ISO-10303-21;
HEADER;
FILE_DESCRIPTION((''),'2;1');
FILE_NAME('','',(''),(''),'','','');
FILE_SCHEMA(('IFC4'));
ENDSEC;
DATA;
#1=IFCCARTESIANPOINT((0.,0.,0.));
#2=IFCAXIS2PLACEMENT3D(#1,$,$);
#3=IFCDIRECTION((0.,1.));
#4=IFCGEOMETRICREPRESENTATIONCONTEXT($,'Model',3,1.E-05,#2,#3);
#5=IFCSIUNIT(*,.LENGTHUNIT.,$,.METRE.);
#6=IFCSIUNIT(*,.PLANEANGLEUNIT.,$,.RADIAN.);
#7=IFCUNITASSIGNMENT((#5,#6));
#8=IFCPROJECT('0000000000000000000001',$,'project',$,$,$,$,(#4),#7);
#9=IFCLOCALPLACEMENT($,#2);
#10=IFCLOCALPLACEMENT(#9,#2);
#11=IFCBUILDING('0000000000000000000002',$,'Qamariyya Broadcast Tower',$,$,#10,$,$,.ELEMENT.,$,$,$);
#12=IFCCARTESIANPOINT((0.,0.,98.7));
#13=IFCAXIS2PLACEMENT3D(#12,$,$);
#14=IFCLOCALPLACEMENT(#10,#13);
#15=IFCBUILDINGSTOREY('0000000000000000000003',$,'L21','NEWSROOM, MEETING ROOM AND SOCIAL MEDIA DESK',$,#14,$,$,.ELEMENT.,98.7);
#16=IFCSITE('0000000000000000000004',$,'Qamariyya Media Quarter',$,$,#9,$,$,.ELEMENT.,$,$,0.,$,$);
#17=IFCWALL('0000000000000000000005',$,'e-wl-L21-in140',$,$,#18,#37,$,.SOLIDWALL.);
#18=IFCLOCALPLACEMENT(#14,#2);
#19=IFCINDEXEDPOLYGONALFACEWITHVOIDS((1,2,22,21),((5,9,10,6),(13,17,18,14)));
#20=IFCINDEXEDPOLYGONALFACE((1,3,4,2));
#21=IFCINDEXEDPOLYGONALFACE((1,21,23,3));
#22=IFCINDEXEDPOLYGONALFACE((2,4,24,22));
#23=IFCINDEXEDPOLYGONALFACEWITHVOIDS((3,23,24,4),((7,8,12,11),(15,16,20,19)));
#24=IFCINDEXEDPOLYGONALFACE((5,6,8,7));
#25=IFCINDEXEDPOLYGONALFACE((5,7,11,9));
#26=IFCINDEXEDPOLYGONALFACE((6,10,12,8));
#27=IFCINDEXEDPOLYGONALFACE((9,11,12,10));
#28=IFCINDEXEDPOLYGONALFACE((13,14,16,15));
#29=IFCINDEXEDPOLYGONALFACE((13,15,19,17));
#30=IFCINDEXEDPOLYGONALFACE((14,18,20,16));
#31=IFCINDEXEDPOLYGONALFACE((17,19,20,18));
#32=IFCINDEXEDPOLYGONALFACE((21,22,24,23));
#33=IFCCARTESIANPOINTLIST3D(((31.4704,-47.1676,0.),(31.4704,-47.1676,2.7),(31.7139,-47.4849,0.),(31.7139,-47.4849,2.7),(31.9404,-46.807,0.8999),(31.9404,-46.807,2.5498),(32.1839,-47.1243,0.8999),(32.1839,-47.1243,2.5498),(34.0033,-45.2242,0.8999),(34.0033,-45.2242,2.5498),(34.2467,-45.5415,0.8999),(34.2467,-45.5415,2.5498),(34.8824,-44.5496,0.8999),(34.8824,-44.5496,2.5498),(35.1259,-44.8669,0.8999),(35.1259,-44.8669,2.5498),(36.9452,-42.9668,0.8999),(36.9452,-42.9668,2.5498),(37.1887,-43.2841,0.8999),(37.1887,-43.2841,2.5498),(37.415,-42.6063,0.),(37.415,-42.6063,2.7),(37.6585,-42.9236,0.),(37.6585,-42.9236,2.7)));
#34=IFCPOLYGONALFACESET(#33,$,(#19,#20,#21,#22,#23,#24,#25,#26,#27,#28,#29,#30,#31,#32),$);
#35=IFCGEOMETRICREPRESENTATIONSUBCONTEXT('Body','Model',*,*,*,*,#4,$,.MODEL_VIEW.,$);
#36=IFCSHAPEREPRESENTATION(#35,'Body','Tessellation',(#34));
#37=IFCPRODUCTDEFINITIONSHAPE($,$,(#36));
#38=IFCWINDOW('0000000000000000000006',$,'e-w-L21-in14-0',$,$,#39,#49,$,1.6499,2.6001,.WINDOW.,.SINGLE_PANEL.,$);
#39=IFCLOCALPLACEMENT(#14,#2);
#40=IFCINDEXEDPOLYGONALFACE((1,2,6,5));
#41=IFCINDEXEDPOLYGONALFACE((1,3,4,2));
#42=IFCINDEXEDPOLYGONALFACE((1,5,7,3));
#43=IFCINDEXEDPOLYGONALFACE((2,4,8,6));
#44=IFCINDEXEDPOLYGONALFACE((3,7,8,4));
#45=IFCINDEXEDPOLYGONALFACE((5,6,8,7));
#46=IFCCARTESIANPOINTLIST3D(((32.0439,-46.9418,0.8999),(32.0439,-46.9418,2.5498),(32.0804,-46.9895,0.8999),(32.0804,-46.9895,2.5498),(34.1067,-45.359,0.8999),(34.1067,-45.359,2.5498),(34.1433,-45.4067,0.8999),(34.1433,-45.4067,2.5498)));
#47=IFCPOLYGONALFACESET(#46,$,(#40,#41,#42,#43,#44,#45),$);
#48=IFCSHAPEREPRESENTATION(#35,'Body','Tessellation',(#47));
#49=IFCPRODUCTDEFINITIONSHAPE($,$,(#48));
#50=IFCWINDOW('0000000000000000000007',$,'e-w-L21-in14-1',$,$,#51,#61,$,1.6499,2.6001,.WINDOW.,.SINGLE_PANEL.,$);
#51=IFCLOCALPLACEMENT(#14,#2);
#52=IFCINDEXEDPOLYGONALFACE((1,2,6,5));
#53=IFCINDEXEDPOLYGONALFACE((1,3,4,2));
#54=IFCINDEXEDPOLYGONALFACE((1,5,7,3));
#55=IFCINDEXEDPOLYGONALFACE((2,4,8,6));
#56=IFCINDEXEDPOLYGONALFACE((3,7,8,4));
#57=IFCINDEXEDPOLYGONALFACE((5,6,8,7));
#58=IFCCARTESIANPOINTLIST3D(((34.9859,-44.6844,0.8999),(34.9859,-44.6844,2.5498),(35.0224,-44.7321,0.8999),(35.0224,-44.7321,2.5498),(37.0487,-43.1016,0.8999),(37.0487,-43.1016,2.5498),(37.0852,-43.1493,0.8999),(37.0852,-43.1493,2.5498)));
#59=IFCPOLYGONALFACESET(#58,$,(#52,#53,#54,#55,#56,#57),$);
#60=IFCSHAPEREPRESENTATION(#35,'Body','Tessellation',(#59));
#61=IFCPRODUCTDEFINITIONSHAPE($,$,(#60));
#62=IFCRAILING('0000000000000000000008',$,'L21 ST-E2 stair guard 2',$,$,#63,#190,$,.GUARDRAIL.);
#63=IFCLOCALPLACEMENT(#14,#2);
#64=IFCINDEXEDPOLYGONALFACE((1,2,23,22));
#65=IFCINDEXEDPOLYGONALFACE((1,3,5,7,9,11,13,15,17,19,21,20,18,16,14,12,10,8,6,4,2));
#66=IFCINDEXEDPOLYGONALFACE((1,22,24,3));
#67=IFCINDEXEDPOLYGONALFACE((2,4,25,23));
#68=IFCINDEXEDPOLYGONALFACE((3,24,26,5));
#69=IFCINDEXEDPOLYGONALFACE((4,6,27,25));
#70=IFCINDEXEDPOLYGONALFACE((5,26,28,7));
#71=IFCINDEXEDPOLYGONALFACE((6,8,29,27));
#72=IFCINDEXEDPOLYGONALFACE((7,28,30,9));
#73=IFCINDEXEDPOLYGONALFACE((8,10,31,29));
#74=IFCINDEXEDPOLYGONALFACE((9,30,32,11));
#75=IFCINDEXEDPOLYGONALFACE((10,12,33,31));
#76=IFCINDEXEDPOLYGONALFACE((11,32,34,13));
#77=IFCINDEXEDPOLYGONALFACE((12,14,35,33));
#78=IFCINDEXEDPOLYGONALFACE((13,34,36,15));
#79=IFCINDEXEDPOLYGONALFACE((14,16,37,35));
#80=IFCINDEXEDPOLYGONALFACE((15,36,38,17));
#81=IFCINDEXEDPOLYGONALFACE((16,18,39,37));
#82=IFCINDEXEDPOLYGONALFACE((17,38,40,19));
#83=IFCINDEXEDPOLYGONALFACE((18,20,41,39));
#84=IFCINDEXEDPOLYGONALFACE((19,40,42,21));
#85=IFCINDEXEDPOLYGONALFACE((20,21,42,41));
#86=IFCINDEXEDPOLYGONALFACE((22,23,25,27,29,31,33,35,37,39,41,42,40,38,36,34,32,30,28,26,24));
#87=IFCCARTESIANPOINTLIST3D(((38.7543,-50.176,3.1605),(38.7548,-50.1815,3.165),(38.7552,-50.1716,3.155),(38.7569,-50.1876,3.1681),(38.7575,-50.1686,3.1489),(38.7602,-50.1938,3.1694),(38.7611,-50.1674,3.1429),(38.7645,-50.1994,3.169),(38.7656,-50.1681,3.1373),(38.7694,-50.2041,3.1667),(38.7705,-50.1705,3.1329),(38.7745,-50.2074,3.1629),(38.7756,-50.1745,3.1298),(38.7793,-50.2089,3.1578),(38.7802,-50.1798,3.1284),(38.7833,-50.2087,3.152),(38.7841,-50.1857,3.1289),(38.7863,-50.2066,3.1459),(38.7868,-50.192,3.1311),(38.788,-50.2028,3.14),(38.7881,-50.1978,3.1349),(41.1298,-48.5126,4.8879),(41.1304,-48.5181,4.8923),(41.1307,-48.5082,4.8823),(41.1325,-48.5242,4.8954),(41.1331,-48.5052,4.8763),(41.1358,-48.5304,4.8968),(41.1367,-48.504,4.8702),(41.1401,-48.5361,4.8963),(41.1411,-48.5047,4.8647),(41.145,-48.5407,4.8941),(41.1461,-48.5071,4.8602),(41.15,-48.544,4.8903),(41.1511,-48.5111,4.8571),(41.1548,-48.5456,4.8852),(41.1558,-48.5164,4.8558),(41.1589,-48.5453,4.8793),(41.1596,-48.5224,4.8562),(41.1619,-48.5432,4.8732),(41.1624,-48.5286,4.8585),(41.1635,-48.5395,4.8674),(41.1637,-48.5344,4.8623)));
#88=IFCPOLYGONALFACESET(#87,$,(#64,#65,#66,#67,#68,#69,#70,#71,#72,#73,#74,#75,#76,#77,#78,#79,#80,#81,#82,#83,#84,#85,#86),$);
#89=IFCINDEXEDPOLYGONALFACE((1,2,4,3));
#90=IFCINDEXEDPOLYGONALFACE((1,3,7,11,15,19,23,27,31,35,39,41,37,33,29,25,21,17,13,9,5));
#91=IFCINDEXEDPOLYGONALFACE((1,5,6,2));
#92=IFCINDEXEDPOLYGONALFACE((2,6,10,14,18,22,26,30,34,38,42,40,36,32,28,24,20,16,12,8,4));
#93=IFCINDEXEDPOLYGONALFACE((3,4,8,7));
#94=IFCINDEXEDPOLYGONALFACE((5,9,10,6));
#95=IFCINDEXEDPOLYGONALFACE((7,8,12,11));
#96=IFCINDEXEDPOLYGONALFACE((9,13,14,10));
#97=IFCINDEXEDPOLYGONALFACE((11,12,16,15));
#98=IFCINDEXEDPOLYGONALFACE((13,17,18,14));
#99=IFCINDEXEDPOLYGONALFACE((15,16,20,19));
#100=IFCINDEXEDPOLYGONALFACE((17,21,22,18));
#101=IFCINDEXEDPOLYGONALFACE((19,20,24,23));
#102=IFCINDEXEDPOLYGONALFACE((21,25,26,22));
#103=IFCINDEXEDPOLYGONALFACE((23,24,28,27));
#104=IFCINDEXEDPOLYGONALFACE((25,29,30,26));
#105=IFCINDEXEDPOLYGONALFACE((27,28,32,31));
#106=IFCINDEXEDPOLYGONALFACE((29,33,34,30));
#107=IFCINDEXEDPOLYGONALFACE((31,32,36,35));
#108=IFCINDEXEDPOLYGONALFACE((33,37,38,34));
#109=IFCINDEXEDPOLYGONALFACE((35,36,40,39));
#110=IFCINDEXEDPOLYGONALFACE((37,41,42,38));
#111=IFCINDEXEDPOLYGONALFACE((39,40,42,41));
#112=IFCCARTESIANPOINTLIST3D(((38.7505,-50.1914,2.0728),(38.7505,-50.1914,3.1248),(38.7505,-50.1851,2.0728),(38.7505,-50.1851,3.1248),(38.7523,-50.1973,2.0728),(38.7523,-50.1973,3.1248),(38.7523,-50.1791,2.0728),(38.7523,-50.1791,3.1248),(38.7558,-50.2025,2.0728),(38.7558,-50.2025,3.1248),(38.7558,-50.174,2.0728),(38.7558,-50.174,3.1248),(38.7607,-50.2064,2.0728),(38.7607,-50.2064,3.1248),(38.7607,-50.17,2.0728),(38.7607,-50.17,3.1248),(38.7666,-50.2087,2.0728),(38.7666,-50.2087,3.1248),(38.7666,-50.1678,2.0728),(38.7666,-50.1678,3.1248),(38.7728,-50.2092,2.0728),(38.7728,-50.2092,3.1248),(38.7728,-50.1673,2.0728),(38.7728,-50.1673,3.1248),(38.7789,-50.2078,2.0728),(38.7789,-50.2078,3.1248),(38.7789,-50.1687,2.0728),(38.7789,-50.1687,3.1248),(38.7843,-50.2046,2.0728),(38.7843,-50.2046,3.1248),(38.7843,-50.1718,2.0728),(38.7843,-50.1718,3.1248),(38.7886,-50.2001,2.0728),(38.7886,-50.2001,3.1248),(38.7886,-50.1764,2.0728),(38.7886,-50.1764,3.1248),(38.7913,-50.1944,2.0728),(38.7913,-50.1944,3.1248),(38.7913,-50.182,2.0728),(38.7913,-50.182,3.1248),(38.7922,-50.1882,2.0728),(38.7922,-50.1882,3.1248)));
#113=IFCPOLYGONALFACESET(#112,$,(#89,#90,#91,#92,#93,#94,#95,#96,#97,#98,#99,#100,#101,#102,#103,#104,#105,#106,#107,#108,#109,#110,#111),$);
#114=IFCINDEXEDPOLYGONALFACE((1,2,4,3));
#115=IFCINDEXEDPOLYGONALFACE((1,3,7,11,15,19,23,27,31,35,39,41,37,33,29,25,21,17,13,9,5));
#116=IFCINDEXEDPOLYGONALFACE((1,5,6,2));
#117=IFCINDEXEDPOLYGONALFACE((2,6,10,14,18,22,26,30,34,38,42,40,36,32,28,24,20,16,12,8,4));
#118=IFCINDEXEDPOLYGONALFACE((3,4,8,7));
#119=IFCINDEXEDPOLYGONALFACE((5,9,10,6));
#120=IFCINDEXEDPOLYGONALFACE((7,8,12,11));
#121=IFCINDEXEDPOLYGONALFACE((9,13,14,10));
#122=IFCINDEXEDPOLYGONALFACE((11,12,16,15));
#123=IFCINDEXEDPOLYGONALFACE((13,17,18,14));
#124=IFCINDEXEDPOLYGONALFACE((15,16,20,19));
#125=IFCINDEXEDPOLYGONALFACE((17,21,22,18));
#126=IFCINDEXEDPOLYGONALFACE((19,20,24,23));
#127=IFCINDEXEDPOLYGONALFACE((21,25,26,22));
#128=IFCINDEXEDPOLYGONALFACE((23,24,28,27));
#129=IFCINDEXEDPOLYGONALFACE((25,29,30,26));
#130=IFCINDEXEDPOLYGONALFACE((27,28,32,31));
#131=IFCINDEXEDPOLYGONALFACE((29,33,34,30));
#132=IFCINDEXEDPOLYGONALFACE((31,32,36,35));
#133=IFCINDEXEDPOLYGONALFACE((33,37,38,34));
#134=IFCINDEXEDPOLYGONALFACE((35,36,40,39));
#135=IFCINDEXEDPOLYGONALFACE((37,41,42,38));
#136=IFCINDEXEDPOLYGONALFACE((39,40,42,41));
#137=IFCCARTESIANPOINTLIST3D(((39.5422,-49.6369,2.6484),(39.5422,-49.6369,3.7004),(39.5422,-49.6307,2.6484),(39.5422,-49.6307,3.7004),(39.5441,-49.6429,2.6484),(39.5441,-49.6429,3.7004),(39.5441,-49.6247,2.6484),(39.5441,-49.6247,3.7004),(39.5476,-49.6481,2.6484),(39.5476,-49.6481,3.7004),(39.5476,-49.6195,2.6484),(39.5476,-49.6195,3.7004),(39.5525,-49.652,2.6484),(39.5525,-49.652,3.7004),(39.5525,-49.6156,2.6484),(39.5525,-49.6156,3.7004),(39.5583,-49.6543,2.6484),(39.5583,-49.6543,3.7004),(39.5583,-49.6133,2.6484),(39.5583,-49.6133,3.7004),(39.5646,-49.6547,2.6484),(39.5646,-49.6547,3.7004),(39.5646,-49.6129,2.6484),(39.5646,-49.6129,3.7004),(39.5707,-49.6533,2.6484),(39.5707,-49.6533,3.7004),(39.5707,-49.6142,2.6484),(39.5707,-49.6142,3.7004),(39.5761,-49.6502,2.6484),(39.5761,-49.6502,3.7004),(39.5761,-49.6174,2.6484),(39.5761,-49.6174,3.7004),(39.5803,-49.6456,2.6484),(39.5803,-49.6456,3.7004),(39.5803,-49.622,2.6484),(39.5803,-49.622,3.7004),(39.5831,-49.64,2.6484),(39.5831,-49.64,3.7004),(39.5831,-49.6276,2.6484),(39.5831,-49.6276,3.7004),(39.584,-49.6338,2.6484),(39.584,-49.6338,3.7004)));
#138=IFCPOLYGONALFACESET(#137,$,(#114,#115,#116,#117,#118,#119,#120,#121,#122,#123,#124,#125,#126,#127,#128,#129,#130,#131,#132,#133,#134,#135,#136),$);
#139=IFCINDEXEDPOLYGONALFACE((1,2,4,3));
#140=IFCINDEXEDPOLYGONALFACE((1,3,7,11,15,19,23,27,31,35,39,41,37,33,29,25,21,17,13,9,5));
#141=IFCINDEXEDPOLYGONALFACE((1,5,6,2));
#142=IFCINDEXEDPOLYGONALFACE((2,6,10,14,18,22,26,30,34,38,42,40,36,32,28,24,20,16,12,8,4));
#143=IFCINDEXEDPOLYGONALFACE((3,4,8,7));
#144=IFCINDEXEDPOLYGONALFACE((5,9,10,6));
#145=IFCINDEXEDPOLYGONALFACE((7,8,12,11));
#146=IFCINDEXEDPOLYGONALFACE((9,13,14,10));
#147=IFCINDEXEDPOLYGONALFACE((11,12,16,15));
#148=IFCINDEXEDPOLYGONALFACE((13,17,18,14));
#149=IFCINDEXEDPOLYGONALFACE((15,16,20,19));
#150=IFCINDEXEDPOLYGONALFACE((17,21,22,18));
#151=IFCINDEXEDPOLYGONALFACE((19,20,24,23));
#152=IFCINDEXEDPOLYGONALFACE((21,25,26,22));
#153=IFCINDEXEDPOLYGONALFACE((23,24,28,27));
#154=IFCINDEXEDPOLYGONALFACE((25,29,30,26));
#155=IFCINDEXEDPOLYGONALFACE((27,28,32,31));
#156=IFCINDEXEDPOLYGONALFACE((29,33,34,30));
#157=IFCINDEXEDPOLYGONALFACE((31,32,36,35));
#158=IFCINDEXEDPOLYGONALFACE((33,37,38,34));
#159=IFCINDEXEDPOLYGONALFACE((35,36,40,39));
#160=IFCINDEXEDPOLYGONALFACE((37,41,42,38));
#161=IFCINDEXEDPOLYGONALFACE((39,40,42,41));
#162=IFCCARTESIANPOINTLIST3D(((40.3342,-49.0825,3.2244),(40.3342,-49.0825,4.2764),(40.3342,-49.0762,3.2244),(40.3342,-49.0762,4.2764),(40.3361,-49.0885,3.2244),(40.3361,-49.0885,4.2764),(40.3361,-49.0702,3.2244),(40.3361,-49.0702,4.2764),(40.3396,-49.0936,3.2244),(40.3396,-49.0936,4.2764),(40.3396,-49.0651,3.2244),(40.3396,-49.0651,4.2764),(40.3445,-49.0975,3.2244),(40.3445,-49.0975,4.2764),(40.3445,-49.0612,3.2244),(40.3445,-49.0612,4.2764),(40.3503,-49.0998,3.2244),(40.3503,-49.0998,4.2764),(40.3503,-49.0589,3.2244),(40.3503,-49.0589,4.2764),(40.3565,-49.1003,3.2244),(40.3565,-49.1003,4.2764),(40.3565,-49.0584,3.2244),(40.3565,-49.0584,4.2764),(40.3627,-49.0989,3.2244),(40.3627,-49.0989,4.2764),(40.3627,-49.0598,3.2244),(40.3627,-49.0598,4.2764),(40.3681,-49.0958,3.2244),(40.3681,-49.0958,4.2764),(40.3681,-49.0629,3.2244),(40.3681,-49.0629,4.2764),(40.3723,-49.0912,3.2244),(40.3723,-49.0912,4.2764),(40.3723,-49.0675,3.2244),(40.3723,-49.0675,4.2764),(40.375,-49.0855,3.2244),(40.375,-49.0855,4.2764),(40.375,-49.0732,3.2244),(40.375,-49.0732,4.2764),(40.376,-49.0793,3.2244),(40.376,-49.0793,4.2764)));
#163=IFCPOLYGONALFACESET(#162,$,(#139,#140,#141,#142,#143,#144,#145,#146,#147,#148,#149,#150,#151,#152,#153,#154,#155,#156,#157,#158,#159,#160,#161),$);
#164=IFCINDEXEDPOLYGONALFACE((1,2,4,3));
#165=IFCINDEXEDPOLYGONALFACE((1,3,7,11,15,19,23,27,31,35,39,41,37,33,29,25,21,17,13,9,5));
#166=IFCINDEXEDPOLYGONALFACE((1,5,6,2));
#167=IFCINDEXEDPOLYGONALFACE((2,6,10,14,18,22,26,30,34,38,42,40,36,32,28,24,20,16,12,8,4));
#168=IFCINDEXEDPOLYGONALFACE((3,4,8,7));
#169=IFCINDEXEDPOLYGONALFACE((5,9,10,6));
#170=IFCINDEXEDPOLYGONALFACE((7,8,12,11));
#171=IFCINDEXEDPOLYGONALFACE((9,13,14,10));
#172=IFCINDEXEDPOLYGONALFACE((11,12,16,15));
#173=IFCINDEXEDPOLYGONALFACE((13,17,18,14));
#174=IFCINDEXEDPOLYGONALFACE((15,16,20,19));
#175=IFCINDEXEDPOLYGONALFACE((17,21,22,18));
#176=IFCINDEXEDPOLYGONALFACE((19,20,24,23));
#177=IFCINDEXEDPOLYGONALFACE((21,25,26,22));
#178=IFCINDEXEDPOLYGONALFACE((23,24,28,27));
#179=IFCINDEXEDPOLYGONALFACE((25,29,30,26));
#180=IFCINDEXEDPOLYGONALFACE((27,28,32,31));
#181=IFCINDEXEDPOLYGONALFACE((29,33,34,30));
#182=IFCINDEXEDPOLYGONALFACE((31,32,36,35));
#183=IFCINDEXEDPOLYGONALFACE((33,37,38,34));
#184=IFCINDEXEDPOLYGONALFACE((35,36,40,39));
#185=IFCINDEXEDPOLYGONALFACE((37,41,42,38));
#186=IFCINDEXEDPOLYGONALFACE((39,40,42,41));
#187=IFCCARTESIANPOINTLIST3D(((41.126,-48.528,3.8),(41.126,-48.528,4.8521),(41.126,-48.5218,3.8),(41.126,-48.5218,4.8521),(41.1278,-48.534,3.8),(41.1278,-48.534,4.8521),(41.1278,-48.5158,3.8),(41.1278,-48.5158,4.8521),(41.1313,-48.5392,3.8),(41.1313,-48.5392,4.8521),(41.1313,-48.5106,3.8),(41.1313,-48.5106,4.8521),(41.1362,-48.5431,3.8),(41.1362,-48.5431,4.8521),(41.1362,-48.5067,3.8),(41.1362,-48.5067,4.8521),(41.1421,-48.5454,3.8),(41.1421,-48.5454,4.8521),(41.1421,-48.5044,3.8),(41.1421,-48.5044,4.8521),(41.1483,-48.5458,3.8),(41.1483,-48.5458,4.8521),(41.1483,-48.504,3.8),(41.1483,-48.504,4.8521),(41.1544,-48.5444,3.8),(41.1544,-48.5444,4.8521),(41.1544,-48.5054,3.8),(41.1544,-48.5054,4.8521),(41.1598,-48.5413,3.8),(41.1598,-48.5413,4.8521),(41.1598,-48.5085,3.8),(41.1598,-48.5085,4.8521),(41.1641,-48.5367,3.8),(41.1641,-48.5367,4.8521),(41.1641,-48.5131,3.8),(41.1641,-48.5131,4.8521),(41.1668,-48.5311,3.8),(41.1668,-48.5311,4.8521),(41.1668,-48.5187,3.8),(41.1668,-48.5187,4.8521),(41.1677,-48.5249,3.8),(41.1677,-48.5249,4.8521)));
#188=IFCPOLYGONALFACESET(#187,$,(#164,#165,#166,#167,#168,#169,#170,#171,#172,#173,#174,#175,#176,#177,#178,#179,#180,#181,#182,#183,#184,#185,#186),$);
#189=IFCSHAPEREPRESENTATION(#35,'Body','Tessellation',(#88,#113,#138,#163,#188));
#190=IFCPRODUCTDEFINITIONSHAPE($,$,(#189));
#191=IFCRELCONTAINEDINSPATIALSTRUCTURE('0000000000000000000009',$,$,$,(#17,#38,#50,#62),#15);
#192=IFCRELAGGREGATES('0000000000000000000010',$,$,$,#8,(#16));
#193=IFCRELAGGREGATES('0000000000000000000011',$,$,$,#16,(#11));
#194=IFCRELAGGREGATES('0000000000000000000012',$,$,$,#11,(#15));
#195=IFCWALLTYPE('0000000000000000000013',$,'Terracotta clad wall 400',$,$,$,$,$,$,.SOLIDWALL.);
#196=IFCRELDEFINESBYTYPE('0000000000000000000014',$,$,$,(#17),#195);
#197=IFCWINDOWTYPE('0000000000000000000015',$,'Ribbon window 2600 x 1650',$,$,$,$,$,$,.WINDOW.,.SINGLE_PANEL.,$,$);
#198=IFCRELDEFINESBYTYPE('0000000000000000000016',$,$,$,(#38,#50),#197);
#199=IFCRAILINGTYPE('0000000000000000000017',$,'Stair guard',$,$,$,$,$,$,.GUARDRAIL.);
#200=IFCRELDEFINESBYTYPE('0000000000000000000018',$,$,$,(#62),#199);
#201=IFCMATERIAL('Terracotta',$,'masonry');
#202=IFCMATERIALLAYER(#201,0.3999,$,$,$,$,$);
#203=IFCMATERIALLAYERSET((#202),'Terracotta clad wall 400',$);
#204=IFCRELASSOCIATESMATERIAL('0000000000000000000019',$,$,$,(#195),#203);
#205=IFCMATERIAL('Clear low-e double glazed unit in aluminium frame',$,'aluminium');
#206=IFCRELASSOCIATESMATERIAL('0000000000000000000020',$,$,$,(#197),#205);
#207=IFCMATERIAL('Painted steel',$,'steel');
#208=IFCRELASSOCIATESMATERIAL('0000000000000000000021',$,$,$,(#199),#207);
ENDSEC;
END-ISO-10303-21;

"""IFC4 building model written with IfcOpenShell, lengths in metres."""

from ifc_helpers import new_model, si_unit, direction, frame, frame_2d, origin, origin_2d, place, context, subcontext, project, spatial, rectangle, circle, extrude, material, layer, layer_set, type_object, element, fill, save


model = new_model("IFC4")

# Units and contexts
model_context = context("Model", 3, precision=1e-05, world=origin(), true_north=direction((0.0, 1.0)))
body_context = subcontext(model_context, "Body", "Model", "MODEL_VIEW")
ifc_project = project(units=[si_unit("LENGTHUNIT", "METRE"), si_unit("PLANEANGLEUNIT", "RADIAN")], contexts=[model_context])

# Site, building, storey
site_placement = place(None, origin())
site = spatial("IfcSite", under=ifc_project, at=site_placement, Name="Qamariyya Media Quarter", CompositionType="ELEMENT", RefElevation=0.0)
building_placement = place(site_placement, origin())
building = spatial("IfcBuilding", under=site, at=building_placement, Name="Qamariyya Broadcast Tower", CompositionType="ELEMENT")
storey_placement = place(building_placement, frame((0.0, 0.0, 98.7)))
storey = spatial("IfcBuildingStorey", under=building, at=storey_placement, Name="L21", Description="NEWSROOM, MEETING ROOM AND SOCIAL MEDIA DESK", CompositionType="ELEMENT", Elevation=98.7)

# Wall, openings, windows
ifc_material_1 = material(Name="Terracotta", Category="masonry")
ifc_layer_1 = layer(ifc_material_1, 0.3999)
ifc_layer_set_1 = layer_set([ifc_layer_1], Name="Terracotta clad wall 400")
wall_type_1 = type_object("IfcWallType", Name="Terracotta clad wall 400", PredefinedType="SOLIDWALL", material=ifc_layer_set_1)
ifc_material_2 = material(Name="Clear low-e double glazed unit in aluminium frame", Category="aluminium")
window_type = type_object("IfcWindowType", Name="Ribbon window 2600 x 1650", PartitioningType="SINGLE_PANEL", PredefinedType="WINDOW", material=ifc_material_2)
wall_1_placement = place(storey_placement, frame((37.5369, -42.7649, 0.0), z_axis=(0.0, 0.0, 1.0), x_axis=(-0.793363, -0.608748, 0.0)))
wall_1 = element("IfcWall", 1, at=wall_1_placement, inside=storey, type_object=wall_type_1, Name="e-wl-L21-in140", PredefinedType="SOLIDWALL", context=body_context, shape_type="SweptSolid", body=[
    extrude(rectangle(XDim=7.4929, YDim=0.3999, at=frame_2d((3.7466, 0.0))), origin(), (0.0, 0.0, 1.0), 2.7),
])
opening_1_placement = place(wall_1_placement, frame((4.3005, 0.0, 0.8999)))
opening_1 = element("IfcOpeningElement", 2, at=opening_1_placement, cuts=wall_1, PredefinedType="OPENING", context=body_context, shape_type="SweptSolid", body=[
    extrude(rectangle(XDim=2.6001, YDim=1.6499, at=frame_2d((1.3, 0.825))), frame((0.0, 0.21, 0.0), z_axis=(0.0, -1.0, 0.0), x_axis=(1.0, 0.0, 0.0)), (0.0, 0.0, 1.0), 0.4199),
])
opening_2_placement = place(wall_1_placement, frame((0.5923, 0.0, 0.8999)))
opening_2 = element("IfcOpeningElement", 3, at=opening_2_placement, cuts=wall_1, PredefinedType="OPENING", context=body_context, shape_type="SweptSolid", body=[
    extrude(rectangle(XDim=2.6001, YDim=1.6499, at=frame_2d((1.3, 0.825))), frame((0.0, 0.21, 0.0), z_axis=(0.0, -1.0, 0.0), x_axis=(1.0, 0.0, 0.0)), (0.0, 0.0, 1.0), 0.4199),
])
window_1_placement = place(opening_1_placement, origin())
window_1 = element("IfcWindow", 4, at=window_1_placement, inside=storey, type_object=window_type, Name="e-w-L21-in14-0", OverallHeight=1.6499, OverallWidth=2.6001, PartitioningType="SINGLE_PANEL", PredefinedType="WINDOW", context=body_context, shape_type="SweptSolid", body=[
    extrude(rectangle(XDim=2.6001, YDim=1.6499, at=frame_2d((1.3, 0.825))), frame((0.0, 0.03, 0.0), z_axis=(0.0, -1.0, 0.0), x_axis=(1.0, 0.0, 0.0)), (0.0, 0.0, 1.0), 0.0601),
])
fill(opening_1, window_1)
window_2_placement = place(opening_2_placement, origin())
window_2 = element("IfcWindow", 5, at=window_2_placement, inside=storey, type_object=window_type, Name="e-w-L21-in14-1", OverallHeight=1.6499, OverallWidth=2.6001, PartitioningType="SINGLE_PANEL", PredefinedType="WINDOW", context=body_context, shape_type="SweptSolid", body=[
    extrude(rectangle(XDim=2.6001, YDim=1.6499, at=frame_2d((1.3, 0.825))), frame((0.0, 0.03, 0.0), z_axis=(0.0, -1.0, 0.0), x_axis=(1.0, 0.0, 0.0)), (0.0, 0.0, 1.0), 0.0601),
])
fill(opening_2, window_2)

# Railing
ifc_material_3 = material(Name="Painted steel", Category="steel")
railing_type_1 = type_object("IfcRailingType", Name="Stair guard", PredefinedType="GUARDRAIL", material=ifc_material_3)
railing_1_placement = place(storey_placement, frame((38.7712, -50.1882, 2.0728)))
element("IfcRailing", 6, at=railing_1_placement, inside=storey, type_object=railing_type_1, Name="L21 ST-E2 stair guard 2", PredefinedType="GUARDRAIL", context=body_context, shape_type="SweptSolid", body=[
    extrude(circle(Radius=0.0239, at=origin_2d()), frame((0.0, 0.0, 1.0762), z_axis=(0.70377, 0.492784, 0.511734), x_axis=(-0.573575, 0.819153, 0.0)), (0.0, 0.0, 1.0), 3.3755),
    extrude(circle(Radius=0.021, at=origin_2d()), origin(), (0.0, 0.0, 1.0), 1.052),
    extrude(circle(Radius=0.021, at=origin_2d()), frame((0.7917, 0.5544, 0.5757)), (0.0, 0.0, 1.0), 1.052),
    extrude(circle(Radius=0.021, at=origin_2d()), frame((1.5837, 1.1089, 1.1516)), (0.0, 0.0, 1.0), 1.052),
    extrude(circle(Radius=0.021, at=origin_2d()), frame((2.3755, 1.6633, 1.7273)), (0.0, 0.0, 1.0), 1.052),
])

save(model, "model.ifc")
